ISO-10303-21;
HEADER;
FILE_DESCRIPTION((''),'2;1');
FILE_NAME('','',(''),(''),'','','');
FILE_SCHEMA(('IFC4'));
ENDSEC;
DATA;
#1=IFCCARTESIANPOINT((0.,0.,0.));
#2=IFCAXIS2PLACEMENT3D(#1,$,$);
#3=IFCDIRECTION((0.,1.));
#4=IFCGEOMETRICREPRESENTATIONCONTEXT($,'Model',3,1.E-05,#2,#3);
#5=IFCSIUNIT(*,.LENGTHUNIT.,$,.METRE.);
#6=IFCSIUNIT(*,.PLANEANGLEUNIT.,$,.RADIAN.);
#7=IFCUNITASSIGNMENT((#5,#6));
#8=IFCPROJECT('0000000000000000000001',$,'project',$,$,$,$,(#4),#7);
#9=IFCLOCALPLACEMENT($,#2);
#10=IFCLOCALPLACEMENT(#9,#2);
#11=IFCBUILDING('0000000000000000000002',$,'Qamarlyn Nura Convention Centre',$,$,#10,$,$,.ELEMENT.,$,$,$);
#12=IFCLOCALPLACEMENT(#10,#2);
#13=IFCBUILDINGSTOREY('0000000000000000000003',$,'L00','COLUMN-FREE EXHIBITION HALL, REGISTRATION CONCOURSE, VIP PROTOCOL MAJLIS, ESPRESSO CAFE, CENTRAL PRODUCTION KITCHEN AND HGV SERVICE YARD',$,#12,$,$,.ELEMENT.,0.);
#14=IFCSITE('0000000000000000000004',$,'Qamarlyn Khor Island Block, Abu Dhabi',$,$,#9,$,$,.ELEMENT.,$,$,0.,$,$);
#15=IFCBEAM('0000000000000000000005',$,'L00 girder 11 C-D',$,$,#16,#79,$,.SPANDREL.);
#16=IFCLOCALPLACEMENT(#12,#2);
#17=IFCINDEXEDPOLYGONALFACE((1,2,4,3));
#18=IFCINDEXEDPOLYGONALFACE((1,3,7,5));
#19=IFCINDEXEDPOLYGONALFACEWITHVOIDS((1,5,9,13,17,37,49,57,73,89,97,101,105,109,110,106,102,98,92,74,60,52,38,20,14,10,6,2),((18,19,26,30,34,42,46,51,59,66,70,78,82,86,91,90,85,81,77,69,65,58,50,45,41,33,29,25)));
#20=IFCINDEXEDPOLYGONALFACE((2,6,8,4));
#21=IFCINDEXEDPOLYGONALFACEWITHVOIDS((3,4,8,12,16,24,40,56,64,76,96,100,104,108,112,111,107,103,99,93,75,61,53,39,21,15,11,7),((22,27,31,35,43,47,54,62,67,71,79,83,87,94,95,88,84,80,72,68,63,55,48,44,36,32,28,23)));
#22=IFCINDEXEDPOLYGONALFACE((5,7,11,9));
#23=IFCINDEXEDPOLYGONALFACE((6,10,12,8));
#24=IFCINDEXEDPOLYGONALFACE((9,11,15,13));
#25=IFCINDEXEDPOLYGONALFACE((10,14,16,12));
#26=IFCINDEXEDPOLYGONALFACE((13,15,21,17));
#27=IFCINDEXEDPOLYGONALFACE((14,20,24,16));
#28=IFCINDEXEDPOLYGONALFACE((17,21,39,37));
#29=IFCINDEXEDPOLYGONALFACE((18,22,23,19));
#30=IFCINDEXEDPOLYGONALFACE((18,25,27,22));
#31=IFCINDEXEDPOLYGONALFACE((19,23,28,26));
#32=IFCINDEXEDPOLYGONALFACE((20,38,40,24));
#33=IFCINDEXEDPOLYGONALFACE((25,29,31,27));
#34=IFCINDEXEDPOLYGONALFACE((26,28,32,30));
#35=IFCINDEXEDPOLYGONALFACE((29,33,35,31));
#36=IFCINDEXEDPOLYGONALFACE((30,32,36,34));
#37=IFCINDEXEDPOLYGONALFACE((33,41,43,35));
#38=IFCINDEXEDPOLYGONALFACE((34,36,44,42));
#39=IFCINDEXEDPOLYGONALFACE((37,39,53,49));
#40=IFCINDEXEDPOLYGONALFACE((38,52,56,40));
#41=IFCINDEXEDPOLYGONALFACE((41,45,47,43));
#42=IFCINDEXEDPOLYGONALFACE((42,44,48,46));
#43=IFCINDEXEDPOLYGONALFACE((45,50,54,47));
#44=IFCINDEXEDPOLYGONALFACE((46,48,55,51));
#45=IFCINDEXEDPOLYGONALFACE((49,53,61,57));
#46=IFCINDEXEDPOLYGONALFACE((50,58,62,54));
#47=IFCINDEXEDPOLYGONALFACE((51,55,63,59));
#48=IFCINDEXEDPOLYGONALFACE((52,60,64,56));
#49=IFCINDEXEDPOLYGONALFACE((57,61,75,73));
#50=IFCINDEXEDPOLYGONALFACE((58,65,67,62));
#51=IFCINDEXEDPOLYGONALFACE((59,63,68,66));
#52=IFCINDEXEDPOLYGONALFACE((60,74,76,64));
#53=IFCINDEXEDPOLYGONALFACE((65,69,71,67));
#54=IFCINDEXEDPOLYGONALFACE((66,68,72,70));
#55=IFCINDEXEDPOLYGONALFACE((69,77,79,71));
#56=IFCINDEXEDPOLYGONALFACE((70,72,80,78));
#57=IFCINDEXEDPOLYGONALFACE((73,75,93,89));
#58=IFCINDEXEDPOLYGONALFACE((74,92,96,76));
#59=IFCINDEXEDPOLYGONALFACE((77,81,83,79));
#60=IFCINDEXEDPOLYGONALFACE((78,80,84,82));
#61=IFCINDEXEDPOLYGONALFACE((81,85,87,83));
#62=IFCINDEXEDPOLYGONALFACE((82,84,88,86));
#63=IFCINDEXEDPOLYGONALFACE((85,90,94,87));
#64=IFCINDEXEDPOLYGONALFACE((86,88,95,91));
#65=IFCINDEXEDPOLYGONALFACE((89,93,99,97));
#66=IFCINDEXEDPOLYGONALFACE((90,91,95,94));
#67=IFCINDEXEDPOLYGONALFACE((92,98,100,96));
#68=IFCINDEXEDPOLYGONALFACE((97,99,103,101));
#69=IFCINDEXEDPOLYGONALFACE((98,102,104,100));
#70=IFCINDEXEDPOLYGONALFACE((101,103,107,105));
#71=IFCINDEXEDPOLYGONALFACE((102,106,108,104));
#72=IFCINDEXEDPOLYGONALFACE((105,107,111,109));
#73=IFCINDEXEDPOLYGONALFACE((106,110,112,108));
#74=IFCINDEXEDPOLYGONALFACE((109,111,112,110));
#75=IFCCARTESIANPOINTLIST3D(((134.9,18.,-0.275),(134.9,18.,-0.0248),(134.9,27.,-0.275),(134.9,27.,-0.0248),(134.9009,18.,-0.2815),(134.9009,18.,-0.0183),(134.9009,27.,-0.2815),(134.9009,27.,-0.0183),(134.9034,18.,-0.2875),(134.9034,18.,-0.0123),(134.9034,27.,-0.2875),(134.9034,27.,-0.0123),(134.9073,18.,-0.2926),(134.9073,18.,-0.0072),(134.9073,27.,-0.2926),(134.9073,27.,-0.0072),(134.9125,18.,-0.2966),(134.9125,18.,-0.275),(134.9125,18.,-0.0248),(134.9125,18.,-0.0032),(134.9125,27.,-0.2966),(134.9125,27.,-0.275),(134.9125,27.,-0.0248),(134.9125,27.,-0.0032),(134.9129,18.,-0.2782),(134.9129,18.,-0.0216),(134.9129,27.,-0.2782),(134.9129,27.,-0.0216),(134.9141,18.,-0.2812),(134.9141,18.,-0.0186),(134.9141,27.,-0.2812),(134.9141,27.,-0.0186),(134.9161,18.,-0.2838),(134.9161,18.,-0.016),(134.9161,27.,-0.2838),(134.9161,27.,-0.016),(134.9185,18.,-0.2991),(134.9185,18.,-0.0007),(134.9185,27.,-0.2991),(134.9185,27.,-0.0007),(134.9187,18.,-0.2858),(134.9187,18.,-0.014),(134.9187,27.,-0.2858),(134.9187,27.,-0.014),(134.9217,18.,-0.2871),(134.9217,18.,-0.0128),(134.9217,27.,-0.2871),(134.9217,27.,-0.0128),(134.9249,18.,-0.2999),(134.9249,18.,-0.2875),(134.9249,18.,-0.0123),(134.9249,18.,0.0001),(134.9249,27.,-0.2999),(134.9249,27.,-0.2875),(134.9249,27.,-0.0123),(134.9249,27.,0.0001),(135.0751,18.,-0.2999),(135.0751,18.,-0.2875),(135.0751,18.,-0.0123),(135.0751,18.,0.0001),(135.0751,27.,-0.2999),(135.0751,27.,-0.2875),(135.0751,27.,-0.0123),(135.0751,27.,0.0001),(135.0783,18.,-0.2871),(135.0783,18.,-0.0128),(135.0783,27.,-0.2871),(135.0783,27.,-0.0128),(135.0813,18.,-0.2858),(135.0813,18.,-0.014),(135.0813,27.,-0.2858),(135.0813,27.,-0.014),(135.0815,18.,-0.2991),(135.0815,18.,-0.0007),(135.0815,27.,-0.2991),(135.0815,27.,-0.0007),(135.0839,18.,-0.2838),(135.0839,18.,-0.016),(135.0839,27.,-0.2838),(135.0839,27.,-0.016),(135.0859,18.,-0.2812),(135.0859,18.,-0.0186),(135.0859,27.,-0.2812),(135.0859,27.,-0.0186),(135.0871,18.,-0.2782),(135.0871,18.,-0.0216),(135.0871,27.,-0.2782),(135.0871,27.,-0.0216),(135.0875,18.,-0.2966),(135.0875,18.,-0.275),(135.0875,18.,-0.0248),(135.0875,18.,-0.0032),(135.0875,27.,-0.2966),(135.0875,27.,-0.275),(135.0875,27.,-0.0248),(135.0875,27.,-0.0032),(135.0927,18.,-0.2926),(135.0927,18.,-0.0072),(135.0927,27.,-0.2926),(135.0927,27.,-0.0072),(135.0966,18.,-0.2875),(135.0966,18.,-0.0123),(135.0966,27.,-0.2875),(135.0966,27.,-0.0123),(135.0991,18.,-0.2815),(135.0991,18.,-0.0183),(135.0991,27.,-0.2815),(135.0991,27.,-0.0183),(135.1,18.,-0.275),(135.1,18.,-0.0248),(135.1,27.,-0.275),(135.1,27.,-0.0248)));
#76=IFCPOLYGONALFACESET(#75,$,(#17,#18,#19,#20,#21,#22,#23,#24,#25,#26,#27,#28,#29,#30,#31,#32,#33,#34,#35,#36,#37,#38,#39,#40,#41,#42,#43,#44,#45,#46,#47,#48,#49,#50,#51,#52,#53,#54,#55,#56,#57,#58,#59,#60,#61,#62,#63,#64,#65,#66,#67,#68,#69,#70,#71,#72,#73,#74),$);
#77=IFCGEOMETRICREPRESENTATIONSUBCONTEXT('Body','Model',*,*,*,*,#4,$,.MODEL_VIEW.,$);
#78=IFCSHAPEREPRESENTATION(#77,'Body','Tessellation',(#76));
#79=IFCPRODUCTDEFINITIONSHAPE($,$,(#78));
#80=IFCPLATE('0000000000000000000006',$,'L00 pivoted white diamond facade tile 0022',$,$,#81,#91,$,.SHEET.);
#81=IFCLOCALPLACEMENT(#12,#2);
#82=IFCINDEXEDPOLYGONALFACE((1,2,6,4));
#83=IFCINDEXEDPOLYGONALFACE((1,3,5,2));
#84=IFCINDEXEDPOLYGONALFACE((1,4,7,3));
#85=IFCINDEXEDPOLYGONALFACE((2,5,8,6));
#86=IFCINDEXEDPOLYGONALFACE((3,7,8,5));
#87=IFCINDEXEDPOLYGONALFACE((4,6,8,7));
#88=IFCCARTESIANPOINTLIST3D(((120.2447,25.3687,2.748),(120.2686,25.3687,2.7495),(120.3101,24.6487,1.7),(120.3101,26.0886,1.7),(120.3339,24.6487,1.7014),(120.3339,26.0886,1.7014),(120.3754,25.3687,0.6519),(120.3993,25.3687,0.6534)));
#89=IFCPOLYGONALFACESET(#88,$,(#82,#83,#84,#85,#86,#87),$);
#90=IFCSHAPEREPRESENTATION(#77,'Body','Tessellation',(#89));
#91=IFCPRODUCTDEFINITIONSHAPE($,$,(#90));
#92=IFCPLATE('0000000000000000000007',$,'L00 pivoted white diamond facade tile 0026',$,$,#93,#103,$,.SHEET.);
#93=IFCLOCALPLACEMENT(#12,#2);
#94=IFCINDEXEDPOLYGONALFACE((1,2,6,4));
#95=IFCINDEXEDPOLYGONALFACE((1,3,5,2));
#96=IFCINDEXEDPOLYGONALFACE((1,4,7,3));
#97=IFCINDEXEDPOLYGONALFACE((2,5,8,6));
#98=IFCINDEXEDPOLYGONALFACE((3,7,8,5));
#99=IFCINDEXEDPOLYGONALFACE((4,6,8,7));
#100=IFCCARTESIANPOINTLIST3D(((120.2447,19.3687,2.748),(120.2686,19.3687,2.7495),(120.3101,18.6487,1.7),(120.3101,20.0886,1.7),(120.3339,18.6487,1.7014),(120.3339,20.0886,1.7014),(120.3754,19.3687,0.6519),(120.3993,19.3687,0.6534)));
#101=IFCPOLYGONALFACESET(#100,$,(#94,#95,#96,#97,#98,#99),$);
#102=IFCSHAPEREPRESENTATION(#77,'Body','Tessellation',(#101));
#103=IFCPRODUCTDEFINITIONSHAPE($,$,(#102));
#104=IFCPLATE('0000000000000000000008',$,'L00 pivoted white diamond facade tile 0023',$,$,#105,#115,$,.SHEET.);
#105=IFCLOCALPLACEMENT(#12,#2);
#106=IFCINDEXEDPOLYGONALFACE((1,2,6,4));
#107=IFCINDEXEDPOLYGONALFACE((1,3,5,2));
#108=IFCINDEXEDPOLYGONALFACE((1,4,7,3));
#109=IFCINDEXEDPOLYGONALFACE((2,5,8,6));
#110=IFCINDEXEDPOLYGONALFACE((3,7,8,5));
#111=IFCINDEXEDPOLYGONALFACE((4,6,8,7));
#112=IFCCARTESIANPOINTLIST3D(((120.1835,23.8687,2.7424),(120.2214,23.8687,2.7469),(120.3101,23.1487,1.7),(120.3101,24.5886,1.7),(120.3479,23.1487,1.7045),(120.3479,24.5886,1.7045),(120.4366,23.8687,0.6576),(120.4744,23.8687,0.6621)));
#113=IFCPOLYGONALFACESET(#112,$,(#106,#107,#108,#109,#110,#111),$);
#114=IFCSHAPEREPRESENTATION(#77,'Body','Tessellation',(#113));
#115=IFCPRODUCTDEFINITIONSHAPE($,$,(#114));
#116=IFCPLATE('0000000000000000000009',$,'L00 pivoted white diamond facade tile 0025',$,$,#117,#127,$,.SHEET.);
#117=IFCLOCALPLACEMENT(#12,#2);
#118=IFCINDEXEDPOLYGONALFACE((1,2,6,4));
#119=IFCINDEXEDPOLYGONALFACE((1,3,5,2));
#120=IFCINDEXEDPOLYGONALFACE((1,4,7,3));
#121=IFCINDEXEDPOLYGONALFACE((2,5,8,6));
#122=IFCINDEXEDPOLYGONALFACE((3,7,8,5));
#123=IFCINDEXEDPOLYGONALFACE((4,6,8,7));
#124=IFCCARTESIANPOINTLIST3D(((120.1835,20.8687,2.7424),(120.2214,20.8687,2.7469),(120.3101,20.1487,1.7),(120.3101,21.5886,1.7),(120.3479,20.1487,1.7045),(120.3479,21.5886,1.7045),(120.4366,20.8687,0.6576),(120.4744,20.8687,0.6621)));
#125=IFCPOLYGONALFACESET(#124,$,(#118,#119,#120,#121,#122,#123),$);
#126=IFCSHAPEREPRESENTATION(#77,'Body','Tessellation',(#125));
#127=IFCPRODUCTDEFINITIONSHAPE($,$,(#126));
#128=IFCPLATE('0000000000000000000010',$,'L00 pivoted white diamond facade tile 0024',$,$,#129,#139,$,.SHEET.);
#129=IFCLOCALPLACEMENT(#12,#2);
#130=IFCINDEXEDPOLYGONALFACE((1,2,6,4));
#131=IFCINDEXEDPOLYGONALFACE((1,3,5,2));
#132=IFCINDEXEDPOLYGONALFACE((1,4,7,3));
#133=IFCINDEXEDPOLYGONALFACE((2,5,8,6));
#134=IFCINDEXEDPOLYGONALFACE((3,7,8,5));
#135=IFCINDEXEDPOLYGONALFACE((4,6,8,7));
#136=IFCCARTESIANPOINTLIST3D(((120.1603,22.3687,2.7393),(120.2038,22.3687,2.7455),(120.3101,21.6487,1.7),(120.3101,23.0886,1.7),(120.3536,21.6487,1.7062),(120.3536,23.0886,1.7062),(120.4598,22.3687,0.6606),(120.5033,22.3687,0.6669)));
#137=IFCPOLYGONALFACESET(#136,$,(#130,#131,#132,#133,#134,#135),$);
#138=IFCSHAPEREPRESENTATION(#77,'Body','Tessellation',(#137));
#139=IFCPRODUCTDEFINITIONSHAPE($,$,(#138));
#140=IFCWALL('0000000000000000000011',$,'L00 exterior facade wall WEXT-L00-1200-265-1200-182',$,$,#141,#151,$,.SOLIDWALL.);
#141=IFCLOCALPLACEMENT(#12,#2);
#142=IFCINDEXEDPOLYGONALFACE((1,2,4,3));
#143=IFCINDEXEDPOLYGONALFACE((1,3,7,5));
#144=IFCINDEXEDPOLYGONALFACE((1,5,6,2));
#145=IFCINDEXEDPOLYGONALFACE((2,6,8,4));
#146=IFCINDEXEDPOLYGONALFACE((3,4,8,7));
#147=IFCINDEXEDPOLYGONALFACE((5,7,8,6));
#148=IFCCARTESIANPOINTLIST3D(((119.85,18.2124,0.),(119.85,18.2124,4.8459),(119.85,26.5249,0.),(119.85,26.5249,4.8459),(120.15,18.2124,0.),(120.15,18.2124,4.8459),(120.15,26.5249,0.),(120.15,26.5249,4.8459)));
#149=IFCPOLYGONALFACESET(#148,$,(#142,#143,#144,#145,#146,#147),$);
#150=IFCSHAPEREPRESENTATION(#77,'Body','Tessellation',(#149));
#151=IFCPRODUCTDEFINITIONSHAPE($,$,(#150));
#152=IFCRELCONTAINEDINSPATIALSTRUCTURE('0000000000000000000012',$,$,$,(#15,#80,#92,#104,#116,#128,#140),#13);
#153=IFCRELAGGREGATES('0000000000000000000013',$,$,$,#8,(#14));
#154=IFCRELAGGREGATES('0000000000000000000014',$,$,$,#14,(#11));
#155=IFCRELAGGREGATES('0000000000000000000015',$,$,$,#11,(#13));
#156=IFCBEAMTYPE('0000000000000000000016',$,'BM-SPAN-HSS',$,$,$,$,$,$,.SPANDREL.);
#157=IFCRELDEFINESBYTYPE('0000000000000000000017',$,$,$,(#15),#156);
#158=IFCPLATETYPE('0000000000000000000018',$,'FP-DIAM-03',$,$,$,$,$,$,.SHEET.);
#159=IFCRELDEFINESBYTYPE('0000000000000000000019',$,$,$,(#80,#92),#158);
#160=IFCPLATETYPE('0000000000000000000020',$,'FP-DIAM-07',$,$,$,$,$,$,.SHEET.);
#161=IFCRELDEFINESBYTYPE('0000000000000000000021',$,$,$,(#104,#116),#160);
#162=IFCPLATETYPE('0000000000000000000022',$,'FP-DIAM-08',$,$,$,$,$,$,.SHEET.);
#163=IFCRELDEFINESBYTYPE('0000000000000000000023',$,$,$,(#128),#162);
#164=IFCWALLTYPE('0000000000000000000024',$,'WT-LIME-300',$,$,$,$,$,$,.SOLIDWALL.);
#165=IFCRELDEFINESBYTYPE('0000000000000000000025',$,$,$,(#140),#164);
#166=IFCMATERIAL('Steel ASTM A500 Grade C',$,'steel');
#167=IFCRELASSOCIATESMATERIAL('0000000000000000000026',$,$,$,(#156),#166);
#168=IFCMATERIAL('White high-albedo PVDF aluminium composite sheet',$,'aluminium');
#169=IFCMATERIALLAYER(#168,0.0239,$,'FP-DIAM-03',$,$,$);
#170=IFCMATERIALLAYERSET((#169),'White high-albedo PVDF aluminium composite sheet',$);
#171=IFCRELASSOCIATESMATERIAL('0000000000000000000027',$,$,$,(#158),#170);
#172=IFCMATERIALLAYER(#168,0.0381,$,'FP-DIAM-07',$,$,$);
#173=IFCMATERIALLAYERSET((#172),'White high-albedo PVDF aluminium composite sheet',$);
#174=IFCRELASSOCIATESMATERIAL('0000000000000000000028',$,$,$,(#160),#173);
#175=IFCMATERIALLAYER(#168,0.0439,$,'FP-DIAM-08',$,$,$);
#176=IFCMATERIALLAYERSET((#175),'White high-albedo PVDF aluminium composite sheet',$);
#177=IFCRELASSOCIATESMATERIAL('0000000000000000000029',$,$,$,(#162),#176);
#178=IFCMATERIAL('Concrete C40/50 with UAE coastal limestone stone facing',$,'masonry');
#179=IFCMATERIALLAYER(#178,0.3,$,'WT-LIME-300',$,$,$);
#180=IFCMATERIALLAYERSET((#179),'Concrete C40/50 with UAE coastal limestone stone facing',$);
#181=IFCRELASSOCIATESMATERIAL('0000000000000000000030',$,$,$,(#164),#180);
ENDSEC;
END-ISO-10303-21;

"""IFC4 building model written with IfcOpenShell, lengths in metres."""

from ifc_helpers import new_model, si_unit, direction, frame, frame_2d, origin, origin_2d, place, context, subcontext, project, spatial, polyline, rectangle, hollow_rectangle, outline, extrude, material, layer, layer_set, material_profile, profile_set, type_object, element, save


model = new_model("IFC4")

# Units and contexts
model_context = context("Model", 3, precision=1e-05, world=origin(), true_north=direction((0.0, 1.0)))
body_context = subcontext(model_context, "Body", "Model", "MODEL_VIEW")
ifc_project = project(units=[si_unit("LENGTHUNIT", "METRE"), si_unit("PLANEANGLEUNIT", "RADIAN")], contexts=[model_context])

# Site, building, storey
site_placement = place(None, origin())
site = spatial("IfcSite", under=ifc_project, at=site_placement, Name="Qamarlyn Khor Island Block, Abu Dhabi", CompositionType="ELEMENT", RefElevation=0.0)
building_placement = place(site_placement, origin())
building = spatial("IfcBuilding", under=site, at=building_placement, Name="Qamarlyn Nura Convention Centre", CompositionType="ELEMENT")
storey_placement = place(building_placement, origin())
storey = spatial("IfcBuildingStorey", under=building, at=storey_placement, Name="L00", Description="COLUMN-FREE EXHIBITION HALL, REGISTRATION CONCOURSE, VIP PROTOCOL MAJLIS, ESPRESSO CAFE, CENTRAL PRODUCTION KITCHEN AND HGV SERVICE YARD", CompositionType="ELEMENT", Elevation=0.0)

# Beam
ifc_material_1 = material(Name="Steel ASTM A500 Grade C", Category="steel")
ifc_material_profile_1 = material_profile(ifc_material_1, hollow_rectangle(XDim=0.2, YDim=0.3, WallThickness=0.0125, InnerFilletRadius=0.0125, OuterFilletRadius=0.0249, at=origin_2d()), Name="HSS300X200X12.5")
ifc_profile_set_1 = profile_set([ifc_material_profile_1], Name="Steel ASTM A500 Grade C")
beam_type_1 = type_object("IfcBeamType", Name="BM-SPAN-HSS", PredefinedType="SPANDREL", material=ifc_profile_set_1)
for number, where, z_axis, x_axis, name in (
    (1, (135.0, 18.0, -0.1499), (0.0, 1.0, 0.0), (-1.0, 0.0, 0.0), "L00 girder 11 C-D"),
):
    element("IfcBeam", number, at=place(storey_placement, frame(where, z_axis=z_axis, x_axis=x_axis)), inside=storey, type_object=beam_type_1, Name=name, PredefinedType="SPANDREL", context=body_context, shape_type="SweptSolid", body=[
        extrude(hollow_rectangle(XDim=0.2, YDim=0.3, WallThickness=0.0125, InnerFilletRadius=0.0125, OuterFilletRadius=0.0249, at=origin_2d()), origin(), (0.0, 0.0, 1.0), 9.0),
    ])

# Plates
ifc_material_2 = material(Name="White high-albedo PVDF aluminium composite sheet", Category="aluminium")
ifc_layer_1 = layer(ifc_material_2, 0.0239, Name="FP-DIAM-03")
ifc_layer_set_1 = layer_set([ifc_layer_1], Name="White high-albedo PVDF aluminium composite sheet")
plate_type_1 = type_object("IfcPlateType", Name="FP-DIAM-03", PredefinedType="SHEET", material=ifc_layer_set_1)
for number, where, z_axis, x_axis, name in (
    (2, (120.3101, 25.3687, 1.7), (0.998059, 0.0, 0.062268), (0.0, 1.0, 0.0), "L00 pivoted white diamond facade tile 0022"),
    (3, (120.3101, 19.3687, 1.7), (0.998059, 0.0, 0.062268), (0.0, 1.0, 0.0), "L00 pivoted white diamond facade tile 0026"),
):
    element("IfcPlate", number, at=place(storey_placement, frame(where, z_axis=z_axis, x_axis=x_axis)), inside=storey, type_object=plate_type_1, Name=name, PredefinedType="SHEET", context=body_context, shape_type="SweptSolid", body=[
        extrude(outline(polyline([(-0.72, 0.0), (0.0, -1.05), (0.72, 0.0), (0.0, 1.05), (-0.72, 0.0)])), origin(), (0.0, 0.0, 1.0), 0.0239),
    ])
ifc_layer_2 = layer(ifc_material_2, 0.0381, Name="FP-DIAM-07")
ifc_layer_set_2 = layer_set([ifc_layer_2], Name="White high-albedo PVDF aluminium composite sheet")
plate_type_2 = type_object("IfcPlateType", Name="FP-DIAM-07", PredefinedType="SHEET", material=ifc_layer_set_2)
for number, where, z_axis, x_axis, name in (
    (4, (120.3101, 23.8687, 1.7), (0.992715, 0.0, 0.120483), (0.0, 1.0, 0.0), "L00 pivoted white diamond facade tile 0023"),
    (5, (120.3101, 20.8687, 1.7), (0.992715, 0.0, 0.120483), (0.0, 1.0, 0.0), "L00 pivoted white diamond facade tile 0025"),
):
    element("IfcPlate", number, at=place(storey_placement, frame(where, z_axis=z_axis, x_axis=x_axis)), inside=storey, type_object=plate_type_2, Name=name, PredefinedType="SHEET", context=body_context, shape_type="SweptSolid", body=[
        extrude(outline(polyline([(-0.72, 0.0), (0.0, -1.05), (0.72, 0.0), (0.0, 1.05), (-0.72, 0.0)])), origin(), (0.0, 0.0, 1.0), 0.0381),
    ])
ifc_layer_3 = layer(ifc_material_2, 0.0439, Name="FP-DIAM-08")
ifc_layer_set_3 = layer_set([ifc_layer_3], Name="White high-albedo PVDF aluminium composite sheet")
plate_type_3 = type_object("IfcPlateType", Name="FP-DIAM-08", PredefinedType="SHEET", material=ifc_layer_set_3)
plate_placement = place(storey_placement, frame((120.3101, 22.3687, 1.7), z_axis=(0.989776, 0.0, 0.142629), x_axis=(0.0, 1.0, 0.0)))
element("IfcPlate", 6, at=plate_placement, inside=storey, type_object=plate_type_3, Name="L00 pivoted white diamond facade tile 0024", PredefinedType="SHEET", context=body_context, shape_type="SweptSolid", body=[
    extrude(outline(polyline([(-0.72, 0.0), (0.0, -1.05), (0.72, 0.0), (0.0, 1.05), (-0.72, 0.0)])), origin(), (0.0, 0.0, 1.0), 0.0439),
])

# Wall
ifc_material_3 = material(Name="Concrete C40/50 with UAE coastal limestone stone facing", Category="masonry")
ifc_layer_4 = layer(ifc_material_3, 0.3, Name="WT-LIME-300")
ifc_layer_set_4 = layer_set([ifc_layer_4], Name="Concrete C40/50 with UAE coastal limestone stone facing")
wall_type = type_object("IfcWallType", Name="WT-LIME-300", PredefinedType="SOLIDWALL", material=ifc_layer_set_4)
wall_placement = place(storey_placement, frame((120.0, 26.5249, 0.0), z_axis=(0.0, 0.0, 1.0), x_axis=(0.0, -1.0, 0.0)))
element("IfcWall", 7, at=wall_placement, inside=storey, type_object=wall_type, Name="L00 exterior facade wall WEXT-L00-1200-265-1200-182", PredefinedType="SOLIDWALL", context=body_context, shape_type="SweptSolid", body=[
    extrude(rectangle(XDim=8.3125, YDim=0.3, at=frame_2d((4.1562, 0.0))), origin(), (0.0, 0.0, 1.0), 4.8459),
])

save(model, "model.ifc")
